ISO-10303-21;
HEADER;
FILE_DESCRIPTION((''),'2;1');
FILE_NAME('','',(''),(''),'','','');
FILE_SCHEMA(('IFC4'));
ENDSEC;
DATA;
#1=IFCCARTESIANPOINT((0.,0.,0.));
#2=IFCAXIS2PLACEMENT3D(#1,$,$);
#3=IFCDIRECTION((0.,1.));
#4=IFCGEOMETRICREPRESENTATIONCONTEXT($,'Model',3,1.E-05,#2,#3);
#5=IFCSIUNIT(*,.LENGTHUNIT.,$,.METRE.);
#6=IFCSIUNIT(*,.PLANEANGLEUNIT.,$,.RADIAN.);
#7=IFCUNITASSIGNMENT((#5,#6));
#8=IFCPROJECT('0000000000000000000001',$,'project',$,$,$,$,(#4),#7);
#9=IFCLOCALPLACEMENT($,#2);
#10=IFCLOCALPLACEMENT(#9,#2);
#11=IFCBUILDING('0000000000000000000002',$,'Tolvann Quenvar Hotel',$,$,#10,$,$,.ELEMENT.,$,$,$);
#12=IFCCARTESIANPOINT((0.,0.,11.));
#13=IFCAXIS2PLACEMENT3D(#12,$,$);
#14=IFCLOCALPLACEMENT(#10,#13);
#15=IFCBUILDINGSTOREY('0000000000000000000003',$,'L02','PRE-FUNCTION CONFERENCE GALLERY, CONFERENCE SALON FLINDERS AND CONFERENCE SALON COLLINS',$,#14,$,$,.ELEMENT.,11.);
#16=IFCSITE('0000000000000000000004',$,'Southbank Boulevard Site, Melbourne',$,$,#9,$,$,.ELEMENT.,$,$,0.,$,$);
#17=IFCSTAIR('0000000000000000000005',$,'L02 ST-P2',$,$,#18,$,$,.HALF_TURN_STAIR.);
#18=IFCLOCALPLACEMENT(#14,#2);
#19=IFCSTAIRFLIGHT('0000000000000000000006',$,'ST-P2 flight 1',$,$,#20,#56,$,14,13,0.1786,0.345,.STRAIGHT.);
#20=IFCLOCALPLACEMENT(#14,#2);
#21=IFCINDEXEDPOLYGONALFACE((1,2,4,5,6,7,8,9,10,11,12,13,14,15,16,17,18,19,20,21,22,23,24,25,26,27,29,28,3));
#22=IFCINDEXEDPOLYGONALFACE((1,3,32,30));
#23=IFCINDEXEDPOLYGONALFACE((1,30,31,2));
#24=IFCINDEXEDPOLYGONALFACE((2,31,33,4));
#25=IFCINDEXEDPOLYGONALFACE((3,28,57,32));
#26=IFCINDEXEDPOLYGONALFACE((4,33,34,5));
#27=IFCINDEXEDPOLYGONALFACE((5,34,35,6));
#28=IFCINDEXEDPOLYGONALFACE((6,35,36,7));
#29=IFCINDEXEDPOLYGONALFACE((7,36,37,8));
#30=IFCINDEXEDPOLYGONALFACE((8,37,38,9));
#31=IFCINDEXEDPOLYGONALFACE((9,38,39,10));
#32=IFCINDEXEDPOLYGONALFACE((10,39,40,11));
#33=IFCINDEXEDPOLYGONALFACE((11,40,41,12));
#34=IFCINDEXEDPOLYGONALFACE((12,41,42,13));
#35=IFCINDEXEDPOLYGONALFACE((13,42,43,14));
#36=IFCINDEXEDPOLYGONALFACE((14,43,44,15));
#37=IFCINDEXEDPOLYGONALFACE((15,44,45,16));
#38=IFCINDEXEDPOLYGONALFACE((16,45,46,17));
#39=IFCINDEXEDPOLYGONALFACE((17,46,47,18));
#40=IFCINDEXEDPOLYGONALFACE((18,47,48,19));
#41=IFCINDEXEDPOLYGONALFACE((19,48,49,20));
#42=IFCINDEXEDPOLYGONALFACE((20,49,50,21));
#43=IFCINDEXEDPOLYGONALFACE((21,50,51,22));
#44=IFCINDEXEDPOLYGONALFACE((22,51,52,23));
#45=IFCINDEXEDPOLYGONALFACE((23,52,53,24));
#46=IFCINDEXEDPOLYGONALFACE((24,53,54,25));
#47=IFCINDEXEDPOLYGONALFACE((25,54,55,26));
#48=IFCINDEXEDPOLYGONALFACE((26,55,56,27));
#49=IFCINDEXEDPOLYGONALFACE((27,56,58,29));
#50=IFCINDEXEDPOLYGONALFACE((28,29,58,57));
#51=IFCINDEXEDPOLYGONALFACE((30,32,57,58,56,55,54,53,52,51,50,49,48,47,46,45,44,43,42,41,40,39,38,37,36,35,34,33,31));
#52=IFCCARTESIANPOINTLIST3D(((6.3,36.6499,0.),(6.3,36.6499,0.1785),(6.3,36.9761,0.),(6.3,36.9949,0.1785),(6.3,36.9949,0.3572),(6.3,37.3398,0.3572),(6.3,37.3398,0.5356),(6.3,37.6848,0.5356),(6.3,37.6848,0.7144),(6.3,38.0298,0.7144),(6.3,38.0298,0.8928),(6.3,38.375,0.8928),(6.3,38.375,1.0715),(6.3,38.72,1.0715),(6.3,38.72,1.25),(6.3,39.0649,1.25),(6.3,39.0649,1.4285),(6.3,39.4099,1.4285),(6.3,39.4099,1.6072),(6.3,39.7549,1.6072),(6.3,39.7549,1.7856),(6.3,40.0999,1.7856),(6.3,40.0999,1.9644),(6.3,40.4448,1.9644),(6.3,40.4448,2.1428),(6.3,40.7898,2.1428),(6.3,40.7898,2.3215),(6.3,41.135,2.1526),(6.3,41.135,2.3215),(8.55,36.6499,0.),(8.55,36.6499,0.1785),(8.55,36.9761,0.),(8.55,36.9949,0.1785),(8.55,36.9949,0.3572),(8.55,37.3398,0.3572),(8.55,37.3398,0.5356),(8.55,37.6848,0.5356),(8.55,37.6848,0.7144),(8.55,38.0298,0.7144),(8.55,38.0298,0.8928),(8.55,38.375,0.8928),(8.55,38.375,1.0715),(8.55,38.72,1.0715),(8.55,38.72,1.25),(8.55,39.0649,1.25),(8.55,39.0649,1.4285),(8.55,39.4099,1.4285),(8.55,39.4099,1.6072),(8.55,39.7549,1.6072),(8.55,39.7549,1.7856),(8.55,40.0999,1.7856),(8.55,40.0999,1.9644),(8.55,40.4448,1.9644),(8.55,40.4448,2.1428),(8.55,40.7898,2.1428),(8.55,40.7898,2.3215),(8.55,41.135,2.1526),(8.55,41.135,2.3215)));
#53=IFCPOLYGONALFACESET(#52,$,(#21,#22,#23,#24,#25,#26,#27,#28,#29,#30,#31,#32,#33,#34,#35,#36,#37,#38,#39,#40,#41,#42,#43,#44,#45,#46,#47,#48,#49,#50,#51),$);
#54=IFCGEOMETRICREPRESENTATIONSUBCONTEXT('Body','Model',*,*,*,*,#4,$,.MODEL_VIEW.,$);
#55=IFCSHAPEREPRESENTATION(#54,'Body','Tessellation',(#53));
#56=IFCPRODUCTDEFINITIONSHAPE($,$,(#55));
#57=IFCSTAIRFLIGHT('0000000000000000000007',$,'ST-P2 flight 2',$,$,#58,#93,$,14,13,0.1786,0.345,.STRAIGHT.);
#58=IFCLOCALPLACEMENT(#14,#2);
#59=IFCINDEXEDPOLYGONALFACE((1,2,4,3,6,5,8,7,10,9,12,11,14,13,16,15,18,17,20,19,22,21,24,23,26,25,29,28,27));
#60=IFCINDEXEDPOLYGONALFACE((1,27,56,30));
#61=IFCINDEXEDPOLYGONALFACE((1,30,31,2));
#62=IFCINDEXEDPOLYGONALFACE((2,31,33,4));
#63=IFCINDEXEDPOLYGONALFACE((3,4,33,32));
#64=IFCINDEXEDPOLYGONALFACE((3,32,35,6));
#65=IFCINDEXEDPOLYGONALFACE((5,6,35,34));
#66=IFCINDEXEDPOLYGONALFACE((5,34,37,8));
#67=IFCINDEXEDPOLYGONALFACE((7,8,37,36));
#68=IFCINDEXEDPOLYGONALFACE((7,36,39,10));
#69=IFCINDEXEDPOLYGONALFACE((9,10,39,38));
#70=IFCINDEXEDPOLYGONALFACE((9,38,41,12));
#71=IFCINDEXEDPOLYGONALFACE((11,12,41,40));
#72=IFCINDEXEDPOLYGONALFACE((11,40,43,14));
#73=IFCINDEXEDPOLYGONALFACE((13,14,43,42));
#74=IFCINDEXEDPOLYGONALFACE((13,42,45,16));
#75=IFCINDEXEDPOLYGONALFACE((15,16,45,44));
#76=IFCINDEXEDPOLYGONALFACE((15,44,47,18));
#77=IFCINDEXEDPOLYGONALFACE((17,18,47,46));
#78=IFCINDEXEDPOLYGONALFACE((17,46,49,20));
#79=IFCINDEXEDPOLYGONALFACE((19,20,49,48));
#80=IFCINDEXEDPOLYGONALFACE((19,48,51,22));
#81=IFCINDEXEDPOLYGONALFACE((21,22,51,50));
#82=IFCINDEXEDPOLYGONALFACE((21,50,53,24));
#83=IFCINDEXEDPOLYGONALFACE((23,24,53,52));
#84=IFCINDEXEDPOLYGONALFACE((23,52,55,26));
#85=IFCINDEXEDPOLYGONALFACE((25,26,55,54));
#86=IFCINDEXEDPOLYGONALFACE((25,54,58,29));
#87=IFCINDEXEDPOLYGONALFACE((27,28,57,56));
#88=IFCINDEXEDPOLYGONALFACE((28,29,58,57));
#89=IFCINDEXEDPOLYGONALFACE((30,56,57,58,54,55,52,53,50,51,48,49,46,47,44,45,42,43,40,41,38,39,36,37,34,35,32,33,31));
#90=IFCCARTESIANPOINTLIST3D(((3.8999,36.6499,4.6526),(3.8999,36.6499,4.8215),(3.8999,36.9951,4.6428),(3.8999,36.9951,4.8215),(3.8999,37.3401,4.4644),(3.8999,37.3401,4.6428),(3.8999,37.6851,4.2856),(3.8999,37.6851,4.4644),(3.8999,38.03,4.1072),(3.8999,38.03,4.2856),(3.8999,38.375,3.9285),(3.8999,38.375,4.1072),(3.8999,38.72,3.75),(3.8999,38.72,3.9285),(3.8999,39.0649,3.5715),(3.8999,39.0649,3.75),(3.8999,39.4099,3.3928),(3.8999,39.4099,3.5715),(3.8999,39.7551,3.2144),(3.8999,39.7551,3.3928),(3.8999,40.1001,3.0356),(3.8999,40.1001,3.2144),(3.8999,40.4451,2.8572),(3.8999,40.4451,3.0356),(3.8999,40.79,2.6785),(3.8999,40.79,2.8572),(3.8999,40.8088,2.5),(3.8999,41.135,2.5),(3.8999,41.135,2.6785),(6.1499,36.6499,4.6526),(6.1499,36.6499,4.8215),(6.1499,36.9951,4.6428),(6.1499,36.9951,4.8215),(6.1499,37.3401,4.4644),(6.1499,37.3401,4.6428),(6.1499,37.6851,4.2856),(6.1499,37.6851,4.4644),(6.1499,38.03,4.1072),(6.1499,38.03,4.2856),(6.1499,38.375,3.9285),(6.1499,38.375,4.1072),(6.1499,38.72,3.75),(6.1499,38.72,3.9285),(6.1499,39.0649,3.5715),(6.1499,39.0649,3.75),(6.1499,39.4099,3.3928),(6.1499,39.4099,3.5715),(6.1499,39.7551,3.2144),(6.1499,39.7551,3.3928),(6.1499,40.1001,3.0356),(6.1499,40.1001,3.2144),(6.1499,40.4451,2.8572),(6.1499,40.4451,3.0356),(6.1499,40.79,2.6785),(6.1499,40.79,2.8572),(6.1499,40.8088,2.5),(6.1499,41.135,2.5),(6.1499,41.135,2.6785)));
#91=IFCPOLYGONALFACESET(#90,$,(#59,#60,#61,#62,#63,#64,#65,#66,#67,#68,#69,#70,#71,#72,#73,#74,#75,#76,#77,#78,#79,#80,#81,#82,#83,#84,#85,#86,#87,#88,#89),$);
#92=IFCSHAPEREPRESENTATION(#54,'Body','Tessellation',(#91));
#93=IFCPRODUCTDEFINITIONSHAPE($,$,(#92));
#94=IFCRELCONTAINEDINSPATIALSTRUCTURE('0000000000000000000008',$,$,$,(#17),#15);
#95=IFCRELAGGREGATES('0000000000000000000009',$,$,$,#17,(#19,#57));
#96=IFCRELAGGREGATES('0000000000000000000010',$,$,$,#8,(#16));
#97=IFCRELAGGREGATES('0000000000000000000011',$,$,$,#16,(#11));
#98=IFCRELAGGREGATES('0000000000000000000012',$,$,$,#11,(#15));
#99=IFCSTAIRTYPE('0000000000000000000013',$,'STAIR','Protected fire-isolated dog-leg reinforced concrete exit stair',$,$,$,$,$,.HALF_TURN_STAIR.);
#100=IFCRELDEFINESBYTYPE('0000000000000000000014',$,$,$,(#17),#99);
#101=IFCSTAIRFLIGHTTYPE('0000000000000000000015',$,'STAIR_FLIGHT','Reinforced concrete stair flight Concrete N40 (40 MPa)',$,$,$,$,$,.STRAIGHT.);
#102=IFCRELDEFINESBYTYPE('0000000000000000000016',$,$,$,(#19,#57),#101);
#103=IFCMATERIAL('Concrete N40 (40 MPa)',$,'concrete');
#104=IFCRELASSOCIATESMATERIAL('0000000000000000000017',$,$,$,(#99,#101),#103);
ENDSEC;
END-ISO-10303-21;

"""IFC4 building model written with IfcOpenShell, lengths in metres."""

from ifc_helpers import new_model, si_unit, direction, frame, origin, place, context, subcontext, project, spatial, polyline, outline, extrude, material, type_object, element, aggregate, save


model = new_model("IFC4")

# Units and contexts
model_context = context("Model", 3, precision=1e-05, world=origin(), true_north=direction((0.0, 1.0)))
body_context = subcontext(model_context, "Body", "Model", "MODEL_VIEW")
ifc_project = project(units=[si_unit("LENGTHUNIT", "METRE"), si_unit("PLANEANGLEUNIT", "RADIAN")], contexts=[model_context])

# Site, building, storey
site_placement = place(None, origin())
site = spatial("IfcSite", under=ifc_project, at=site_placement, Name="Southbank Boulevard Site, Melbourne", CompositionType="ELEMENT", RefElevation=0.0)
building_placement = place(site_placement, origin())
building = spatial("IfcBuilding", under=site, at=building_placement, Name="Tolvann Quenvar Hotel", CompositionType="ELEMENT")
storey_placement = place(building_placement, frame((0.0, 0.0, 11.0)))
storey = spatial("IfcBuildingStorey", under=building, at=storey_placement, Name="L02", Description="PRE-FUNCTION CONFERENCE GALLERY, CONFERENCE SALON FLINDERS AND CONFERENCE SALON COLLINS", CompositionType="ELEMENT", Elevation=11.0)

# Stair, stair flights
ifc_material_1 = material(Name="Concrete N40 (40 MPa)", Category="concrete")
stair_type = type_object("IfcStairType", Name="STAIR", Description="Protected fire-isolated dog-leg reinforced concrete exit stair", PredefinedType="HALF_TURN_STAIR", material=ifc_material_1)
stair_placement = place(storey_placement, origin())
stair = element("IfcStair", 1, at=stair_placement, inside=storey, type_object=stair_type, Name="L02 ST-P2", PredefinedType="HALF_TURN_STAIR")
stair_flight_type = type_object("IfcStairFlightType", Name="STAIR_FLIGHT", Description="Reinforced concrete stair flight Concrete N40 (40 MPa)", PredefinedType="STRAIGHT", material=ifc_material_1)
stair_flight_1_placement = place(storey_placement, frame((7.425, 36.6499, 0.0), z_axis=(0.0, 0.0, 1.0), x_axis=(0.0, 1.0, 0.0)))
stair_flight_1 = element("IfcStairFlight", 2, at=stair_flight_1_placement, type_object=stair_flight_type, Name="ST-P2 flight 1", NumberOfRisers=14, NumberOfTreads=13, PredefinedType="STRAIGHT", RiserHeight=0.1786, TreadLength=0.345, context=body_context, shape_type="SweptSolid", body=[
    extrude(outline(polyline([(0.0, 0.0), (0.0, 0.1785), (0.345, 0.1785), (0.345, 0.3572), (0.6899, 0.3572), (0.6899, 0.5356), (1.0349, 0.5356), (1.0349, 0.7144), (1.3799, 0.7144), (1.3799, 0.8928), (1.7251, 0.8928), (1.7251, 1.0715), (2.0701, 1.0715), (2.0701, 1.25), (2.415, 1.25), (2.415, 1.4285), (2.76, 1.4285), (2.76, 1.6072), (3.105, 1.6072), (3.105, 1.7856), (3.45, 1.7856), (3.45, 1.9644), (3.7949, 1.9644), (3.7949, 2.1428), (4.1399, 2.1428), (4.1399, 2.3215), (4.4851, 2.3215), (4.4851, 2.5), (4.4851, 2.1526), (0.3262, 0.0), (0.0, 0.0)])), frame((0.0, 1.125, 0.0), z_axis=(0.0, -1.0, 0.0), x_axis=(1.0, 0.0, 0.0)), (0.0, 0.0, 1.0), 2.25),
])
stair_flight_2_placement = place(storey_placement, frame((5.0249, 41.135, 2.5), z_axis=(0.0, 0.0, 1.0), x_axis=(0.0, -1.0, 0.0)))
stair_flight_2 = element("IfcStairFlight", 3, at=stair_flight_2_placement, type_object=stair_flight_type, Name="ST-P2 flight 2", NumberOfRisers=14, NumberOfTreads=13, PredefinedType="STRAIGHT", RiserHeight=0.1786, TreadLength=0.345, context=body_context, shape_type="SweptSolid", body=[
    extrude(outline(polyline([(0.0, 0.0), (0.0, 0.1785), (0.345, 0.1785), (0.345, 0.3572), (0.6899, 0.3572), (0.6899, 0.5356), (1.0349, 0.5356), (1.0349, 0.7144), (1.3799, 0.7144), (1.3799, 0.8928), (1.7251, 0.8928), (1.7251, 1.0715), (2.0701, 1.0715), (2.0701, 1.25), (2.415, 1.25), (2.415, 1.4285), (2.76, 1.4285), (2.76, 1.6072), (3.105, 1.6072), (3.105, 1.7856), (3.45, 1.7856), (3.45, 1.9644), (3.7949, 1.9644), (3.7949, 2.1428), (4.1399, 2.1428), (4.1399, 2.3215), (4.4851, 2.3215), (4.4851, 2.5), (4.4851, 2.1526), (0.3262, 0.0), (0.0, 0.0)])), frame((0.0, 1.125, 0.0), z_axis=(0.0, -1.0, 0.0), x_axis=(1.0, 0.0, 0.0)), (0.0, 0.0, 1.0), 2.25),
])
aggregate(stair, [stair_flight_1, stair_flight_2])

save(model, "model.ifc")
